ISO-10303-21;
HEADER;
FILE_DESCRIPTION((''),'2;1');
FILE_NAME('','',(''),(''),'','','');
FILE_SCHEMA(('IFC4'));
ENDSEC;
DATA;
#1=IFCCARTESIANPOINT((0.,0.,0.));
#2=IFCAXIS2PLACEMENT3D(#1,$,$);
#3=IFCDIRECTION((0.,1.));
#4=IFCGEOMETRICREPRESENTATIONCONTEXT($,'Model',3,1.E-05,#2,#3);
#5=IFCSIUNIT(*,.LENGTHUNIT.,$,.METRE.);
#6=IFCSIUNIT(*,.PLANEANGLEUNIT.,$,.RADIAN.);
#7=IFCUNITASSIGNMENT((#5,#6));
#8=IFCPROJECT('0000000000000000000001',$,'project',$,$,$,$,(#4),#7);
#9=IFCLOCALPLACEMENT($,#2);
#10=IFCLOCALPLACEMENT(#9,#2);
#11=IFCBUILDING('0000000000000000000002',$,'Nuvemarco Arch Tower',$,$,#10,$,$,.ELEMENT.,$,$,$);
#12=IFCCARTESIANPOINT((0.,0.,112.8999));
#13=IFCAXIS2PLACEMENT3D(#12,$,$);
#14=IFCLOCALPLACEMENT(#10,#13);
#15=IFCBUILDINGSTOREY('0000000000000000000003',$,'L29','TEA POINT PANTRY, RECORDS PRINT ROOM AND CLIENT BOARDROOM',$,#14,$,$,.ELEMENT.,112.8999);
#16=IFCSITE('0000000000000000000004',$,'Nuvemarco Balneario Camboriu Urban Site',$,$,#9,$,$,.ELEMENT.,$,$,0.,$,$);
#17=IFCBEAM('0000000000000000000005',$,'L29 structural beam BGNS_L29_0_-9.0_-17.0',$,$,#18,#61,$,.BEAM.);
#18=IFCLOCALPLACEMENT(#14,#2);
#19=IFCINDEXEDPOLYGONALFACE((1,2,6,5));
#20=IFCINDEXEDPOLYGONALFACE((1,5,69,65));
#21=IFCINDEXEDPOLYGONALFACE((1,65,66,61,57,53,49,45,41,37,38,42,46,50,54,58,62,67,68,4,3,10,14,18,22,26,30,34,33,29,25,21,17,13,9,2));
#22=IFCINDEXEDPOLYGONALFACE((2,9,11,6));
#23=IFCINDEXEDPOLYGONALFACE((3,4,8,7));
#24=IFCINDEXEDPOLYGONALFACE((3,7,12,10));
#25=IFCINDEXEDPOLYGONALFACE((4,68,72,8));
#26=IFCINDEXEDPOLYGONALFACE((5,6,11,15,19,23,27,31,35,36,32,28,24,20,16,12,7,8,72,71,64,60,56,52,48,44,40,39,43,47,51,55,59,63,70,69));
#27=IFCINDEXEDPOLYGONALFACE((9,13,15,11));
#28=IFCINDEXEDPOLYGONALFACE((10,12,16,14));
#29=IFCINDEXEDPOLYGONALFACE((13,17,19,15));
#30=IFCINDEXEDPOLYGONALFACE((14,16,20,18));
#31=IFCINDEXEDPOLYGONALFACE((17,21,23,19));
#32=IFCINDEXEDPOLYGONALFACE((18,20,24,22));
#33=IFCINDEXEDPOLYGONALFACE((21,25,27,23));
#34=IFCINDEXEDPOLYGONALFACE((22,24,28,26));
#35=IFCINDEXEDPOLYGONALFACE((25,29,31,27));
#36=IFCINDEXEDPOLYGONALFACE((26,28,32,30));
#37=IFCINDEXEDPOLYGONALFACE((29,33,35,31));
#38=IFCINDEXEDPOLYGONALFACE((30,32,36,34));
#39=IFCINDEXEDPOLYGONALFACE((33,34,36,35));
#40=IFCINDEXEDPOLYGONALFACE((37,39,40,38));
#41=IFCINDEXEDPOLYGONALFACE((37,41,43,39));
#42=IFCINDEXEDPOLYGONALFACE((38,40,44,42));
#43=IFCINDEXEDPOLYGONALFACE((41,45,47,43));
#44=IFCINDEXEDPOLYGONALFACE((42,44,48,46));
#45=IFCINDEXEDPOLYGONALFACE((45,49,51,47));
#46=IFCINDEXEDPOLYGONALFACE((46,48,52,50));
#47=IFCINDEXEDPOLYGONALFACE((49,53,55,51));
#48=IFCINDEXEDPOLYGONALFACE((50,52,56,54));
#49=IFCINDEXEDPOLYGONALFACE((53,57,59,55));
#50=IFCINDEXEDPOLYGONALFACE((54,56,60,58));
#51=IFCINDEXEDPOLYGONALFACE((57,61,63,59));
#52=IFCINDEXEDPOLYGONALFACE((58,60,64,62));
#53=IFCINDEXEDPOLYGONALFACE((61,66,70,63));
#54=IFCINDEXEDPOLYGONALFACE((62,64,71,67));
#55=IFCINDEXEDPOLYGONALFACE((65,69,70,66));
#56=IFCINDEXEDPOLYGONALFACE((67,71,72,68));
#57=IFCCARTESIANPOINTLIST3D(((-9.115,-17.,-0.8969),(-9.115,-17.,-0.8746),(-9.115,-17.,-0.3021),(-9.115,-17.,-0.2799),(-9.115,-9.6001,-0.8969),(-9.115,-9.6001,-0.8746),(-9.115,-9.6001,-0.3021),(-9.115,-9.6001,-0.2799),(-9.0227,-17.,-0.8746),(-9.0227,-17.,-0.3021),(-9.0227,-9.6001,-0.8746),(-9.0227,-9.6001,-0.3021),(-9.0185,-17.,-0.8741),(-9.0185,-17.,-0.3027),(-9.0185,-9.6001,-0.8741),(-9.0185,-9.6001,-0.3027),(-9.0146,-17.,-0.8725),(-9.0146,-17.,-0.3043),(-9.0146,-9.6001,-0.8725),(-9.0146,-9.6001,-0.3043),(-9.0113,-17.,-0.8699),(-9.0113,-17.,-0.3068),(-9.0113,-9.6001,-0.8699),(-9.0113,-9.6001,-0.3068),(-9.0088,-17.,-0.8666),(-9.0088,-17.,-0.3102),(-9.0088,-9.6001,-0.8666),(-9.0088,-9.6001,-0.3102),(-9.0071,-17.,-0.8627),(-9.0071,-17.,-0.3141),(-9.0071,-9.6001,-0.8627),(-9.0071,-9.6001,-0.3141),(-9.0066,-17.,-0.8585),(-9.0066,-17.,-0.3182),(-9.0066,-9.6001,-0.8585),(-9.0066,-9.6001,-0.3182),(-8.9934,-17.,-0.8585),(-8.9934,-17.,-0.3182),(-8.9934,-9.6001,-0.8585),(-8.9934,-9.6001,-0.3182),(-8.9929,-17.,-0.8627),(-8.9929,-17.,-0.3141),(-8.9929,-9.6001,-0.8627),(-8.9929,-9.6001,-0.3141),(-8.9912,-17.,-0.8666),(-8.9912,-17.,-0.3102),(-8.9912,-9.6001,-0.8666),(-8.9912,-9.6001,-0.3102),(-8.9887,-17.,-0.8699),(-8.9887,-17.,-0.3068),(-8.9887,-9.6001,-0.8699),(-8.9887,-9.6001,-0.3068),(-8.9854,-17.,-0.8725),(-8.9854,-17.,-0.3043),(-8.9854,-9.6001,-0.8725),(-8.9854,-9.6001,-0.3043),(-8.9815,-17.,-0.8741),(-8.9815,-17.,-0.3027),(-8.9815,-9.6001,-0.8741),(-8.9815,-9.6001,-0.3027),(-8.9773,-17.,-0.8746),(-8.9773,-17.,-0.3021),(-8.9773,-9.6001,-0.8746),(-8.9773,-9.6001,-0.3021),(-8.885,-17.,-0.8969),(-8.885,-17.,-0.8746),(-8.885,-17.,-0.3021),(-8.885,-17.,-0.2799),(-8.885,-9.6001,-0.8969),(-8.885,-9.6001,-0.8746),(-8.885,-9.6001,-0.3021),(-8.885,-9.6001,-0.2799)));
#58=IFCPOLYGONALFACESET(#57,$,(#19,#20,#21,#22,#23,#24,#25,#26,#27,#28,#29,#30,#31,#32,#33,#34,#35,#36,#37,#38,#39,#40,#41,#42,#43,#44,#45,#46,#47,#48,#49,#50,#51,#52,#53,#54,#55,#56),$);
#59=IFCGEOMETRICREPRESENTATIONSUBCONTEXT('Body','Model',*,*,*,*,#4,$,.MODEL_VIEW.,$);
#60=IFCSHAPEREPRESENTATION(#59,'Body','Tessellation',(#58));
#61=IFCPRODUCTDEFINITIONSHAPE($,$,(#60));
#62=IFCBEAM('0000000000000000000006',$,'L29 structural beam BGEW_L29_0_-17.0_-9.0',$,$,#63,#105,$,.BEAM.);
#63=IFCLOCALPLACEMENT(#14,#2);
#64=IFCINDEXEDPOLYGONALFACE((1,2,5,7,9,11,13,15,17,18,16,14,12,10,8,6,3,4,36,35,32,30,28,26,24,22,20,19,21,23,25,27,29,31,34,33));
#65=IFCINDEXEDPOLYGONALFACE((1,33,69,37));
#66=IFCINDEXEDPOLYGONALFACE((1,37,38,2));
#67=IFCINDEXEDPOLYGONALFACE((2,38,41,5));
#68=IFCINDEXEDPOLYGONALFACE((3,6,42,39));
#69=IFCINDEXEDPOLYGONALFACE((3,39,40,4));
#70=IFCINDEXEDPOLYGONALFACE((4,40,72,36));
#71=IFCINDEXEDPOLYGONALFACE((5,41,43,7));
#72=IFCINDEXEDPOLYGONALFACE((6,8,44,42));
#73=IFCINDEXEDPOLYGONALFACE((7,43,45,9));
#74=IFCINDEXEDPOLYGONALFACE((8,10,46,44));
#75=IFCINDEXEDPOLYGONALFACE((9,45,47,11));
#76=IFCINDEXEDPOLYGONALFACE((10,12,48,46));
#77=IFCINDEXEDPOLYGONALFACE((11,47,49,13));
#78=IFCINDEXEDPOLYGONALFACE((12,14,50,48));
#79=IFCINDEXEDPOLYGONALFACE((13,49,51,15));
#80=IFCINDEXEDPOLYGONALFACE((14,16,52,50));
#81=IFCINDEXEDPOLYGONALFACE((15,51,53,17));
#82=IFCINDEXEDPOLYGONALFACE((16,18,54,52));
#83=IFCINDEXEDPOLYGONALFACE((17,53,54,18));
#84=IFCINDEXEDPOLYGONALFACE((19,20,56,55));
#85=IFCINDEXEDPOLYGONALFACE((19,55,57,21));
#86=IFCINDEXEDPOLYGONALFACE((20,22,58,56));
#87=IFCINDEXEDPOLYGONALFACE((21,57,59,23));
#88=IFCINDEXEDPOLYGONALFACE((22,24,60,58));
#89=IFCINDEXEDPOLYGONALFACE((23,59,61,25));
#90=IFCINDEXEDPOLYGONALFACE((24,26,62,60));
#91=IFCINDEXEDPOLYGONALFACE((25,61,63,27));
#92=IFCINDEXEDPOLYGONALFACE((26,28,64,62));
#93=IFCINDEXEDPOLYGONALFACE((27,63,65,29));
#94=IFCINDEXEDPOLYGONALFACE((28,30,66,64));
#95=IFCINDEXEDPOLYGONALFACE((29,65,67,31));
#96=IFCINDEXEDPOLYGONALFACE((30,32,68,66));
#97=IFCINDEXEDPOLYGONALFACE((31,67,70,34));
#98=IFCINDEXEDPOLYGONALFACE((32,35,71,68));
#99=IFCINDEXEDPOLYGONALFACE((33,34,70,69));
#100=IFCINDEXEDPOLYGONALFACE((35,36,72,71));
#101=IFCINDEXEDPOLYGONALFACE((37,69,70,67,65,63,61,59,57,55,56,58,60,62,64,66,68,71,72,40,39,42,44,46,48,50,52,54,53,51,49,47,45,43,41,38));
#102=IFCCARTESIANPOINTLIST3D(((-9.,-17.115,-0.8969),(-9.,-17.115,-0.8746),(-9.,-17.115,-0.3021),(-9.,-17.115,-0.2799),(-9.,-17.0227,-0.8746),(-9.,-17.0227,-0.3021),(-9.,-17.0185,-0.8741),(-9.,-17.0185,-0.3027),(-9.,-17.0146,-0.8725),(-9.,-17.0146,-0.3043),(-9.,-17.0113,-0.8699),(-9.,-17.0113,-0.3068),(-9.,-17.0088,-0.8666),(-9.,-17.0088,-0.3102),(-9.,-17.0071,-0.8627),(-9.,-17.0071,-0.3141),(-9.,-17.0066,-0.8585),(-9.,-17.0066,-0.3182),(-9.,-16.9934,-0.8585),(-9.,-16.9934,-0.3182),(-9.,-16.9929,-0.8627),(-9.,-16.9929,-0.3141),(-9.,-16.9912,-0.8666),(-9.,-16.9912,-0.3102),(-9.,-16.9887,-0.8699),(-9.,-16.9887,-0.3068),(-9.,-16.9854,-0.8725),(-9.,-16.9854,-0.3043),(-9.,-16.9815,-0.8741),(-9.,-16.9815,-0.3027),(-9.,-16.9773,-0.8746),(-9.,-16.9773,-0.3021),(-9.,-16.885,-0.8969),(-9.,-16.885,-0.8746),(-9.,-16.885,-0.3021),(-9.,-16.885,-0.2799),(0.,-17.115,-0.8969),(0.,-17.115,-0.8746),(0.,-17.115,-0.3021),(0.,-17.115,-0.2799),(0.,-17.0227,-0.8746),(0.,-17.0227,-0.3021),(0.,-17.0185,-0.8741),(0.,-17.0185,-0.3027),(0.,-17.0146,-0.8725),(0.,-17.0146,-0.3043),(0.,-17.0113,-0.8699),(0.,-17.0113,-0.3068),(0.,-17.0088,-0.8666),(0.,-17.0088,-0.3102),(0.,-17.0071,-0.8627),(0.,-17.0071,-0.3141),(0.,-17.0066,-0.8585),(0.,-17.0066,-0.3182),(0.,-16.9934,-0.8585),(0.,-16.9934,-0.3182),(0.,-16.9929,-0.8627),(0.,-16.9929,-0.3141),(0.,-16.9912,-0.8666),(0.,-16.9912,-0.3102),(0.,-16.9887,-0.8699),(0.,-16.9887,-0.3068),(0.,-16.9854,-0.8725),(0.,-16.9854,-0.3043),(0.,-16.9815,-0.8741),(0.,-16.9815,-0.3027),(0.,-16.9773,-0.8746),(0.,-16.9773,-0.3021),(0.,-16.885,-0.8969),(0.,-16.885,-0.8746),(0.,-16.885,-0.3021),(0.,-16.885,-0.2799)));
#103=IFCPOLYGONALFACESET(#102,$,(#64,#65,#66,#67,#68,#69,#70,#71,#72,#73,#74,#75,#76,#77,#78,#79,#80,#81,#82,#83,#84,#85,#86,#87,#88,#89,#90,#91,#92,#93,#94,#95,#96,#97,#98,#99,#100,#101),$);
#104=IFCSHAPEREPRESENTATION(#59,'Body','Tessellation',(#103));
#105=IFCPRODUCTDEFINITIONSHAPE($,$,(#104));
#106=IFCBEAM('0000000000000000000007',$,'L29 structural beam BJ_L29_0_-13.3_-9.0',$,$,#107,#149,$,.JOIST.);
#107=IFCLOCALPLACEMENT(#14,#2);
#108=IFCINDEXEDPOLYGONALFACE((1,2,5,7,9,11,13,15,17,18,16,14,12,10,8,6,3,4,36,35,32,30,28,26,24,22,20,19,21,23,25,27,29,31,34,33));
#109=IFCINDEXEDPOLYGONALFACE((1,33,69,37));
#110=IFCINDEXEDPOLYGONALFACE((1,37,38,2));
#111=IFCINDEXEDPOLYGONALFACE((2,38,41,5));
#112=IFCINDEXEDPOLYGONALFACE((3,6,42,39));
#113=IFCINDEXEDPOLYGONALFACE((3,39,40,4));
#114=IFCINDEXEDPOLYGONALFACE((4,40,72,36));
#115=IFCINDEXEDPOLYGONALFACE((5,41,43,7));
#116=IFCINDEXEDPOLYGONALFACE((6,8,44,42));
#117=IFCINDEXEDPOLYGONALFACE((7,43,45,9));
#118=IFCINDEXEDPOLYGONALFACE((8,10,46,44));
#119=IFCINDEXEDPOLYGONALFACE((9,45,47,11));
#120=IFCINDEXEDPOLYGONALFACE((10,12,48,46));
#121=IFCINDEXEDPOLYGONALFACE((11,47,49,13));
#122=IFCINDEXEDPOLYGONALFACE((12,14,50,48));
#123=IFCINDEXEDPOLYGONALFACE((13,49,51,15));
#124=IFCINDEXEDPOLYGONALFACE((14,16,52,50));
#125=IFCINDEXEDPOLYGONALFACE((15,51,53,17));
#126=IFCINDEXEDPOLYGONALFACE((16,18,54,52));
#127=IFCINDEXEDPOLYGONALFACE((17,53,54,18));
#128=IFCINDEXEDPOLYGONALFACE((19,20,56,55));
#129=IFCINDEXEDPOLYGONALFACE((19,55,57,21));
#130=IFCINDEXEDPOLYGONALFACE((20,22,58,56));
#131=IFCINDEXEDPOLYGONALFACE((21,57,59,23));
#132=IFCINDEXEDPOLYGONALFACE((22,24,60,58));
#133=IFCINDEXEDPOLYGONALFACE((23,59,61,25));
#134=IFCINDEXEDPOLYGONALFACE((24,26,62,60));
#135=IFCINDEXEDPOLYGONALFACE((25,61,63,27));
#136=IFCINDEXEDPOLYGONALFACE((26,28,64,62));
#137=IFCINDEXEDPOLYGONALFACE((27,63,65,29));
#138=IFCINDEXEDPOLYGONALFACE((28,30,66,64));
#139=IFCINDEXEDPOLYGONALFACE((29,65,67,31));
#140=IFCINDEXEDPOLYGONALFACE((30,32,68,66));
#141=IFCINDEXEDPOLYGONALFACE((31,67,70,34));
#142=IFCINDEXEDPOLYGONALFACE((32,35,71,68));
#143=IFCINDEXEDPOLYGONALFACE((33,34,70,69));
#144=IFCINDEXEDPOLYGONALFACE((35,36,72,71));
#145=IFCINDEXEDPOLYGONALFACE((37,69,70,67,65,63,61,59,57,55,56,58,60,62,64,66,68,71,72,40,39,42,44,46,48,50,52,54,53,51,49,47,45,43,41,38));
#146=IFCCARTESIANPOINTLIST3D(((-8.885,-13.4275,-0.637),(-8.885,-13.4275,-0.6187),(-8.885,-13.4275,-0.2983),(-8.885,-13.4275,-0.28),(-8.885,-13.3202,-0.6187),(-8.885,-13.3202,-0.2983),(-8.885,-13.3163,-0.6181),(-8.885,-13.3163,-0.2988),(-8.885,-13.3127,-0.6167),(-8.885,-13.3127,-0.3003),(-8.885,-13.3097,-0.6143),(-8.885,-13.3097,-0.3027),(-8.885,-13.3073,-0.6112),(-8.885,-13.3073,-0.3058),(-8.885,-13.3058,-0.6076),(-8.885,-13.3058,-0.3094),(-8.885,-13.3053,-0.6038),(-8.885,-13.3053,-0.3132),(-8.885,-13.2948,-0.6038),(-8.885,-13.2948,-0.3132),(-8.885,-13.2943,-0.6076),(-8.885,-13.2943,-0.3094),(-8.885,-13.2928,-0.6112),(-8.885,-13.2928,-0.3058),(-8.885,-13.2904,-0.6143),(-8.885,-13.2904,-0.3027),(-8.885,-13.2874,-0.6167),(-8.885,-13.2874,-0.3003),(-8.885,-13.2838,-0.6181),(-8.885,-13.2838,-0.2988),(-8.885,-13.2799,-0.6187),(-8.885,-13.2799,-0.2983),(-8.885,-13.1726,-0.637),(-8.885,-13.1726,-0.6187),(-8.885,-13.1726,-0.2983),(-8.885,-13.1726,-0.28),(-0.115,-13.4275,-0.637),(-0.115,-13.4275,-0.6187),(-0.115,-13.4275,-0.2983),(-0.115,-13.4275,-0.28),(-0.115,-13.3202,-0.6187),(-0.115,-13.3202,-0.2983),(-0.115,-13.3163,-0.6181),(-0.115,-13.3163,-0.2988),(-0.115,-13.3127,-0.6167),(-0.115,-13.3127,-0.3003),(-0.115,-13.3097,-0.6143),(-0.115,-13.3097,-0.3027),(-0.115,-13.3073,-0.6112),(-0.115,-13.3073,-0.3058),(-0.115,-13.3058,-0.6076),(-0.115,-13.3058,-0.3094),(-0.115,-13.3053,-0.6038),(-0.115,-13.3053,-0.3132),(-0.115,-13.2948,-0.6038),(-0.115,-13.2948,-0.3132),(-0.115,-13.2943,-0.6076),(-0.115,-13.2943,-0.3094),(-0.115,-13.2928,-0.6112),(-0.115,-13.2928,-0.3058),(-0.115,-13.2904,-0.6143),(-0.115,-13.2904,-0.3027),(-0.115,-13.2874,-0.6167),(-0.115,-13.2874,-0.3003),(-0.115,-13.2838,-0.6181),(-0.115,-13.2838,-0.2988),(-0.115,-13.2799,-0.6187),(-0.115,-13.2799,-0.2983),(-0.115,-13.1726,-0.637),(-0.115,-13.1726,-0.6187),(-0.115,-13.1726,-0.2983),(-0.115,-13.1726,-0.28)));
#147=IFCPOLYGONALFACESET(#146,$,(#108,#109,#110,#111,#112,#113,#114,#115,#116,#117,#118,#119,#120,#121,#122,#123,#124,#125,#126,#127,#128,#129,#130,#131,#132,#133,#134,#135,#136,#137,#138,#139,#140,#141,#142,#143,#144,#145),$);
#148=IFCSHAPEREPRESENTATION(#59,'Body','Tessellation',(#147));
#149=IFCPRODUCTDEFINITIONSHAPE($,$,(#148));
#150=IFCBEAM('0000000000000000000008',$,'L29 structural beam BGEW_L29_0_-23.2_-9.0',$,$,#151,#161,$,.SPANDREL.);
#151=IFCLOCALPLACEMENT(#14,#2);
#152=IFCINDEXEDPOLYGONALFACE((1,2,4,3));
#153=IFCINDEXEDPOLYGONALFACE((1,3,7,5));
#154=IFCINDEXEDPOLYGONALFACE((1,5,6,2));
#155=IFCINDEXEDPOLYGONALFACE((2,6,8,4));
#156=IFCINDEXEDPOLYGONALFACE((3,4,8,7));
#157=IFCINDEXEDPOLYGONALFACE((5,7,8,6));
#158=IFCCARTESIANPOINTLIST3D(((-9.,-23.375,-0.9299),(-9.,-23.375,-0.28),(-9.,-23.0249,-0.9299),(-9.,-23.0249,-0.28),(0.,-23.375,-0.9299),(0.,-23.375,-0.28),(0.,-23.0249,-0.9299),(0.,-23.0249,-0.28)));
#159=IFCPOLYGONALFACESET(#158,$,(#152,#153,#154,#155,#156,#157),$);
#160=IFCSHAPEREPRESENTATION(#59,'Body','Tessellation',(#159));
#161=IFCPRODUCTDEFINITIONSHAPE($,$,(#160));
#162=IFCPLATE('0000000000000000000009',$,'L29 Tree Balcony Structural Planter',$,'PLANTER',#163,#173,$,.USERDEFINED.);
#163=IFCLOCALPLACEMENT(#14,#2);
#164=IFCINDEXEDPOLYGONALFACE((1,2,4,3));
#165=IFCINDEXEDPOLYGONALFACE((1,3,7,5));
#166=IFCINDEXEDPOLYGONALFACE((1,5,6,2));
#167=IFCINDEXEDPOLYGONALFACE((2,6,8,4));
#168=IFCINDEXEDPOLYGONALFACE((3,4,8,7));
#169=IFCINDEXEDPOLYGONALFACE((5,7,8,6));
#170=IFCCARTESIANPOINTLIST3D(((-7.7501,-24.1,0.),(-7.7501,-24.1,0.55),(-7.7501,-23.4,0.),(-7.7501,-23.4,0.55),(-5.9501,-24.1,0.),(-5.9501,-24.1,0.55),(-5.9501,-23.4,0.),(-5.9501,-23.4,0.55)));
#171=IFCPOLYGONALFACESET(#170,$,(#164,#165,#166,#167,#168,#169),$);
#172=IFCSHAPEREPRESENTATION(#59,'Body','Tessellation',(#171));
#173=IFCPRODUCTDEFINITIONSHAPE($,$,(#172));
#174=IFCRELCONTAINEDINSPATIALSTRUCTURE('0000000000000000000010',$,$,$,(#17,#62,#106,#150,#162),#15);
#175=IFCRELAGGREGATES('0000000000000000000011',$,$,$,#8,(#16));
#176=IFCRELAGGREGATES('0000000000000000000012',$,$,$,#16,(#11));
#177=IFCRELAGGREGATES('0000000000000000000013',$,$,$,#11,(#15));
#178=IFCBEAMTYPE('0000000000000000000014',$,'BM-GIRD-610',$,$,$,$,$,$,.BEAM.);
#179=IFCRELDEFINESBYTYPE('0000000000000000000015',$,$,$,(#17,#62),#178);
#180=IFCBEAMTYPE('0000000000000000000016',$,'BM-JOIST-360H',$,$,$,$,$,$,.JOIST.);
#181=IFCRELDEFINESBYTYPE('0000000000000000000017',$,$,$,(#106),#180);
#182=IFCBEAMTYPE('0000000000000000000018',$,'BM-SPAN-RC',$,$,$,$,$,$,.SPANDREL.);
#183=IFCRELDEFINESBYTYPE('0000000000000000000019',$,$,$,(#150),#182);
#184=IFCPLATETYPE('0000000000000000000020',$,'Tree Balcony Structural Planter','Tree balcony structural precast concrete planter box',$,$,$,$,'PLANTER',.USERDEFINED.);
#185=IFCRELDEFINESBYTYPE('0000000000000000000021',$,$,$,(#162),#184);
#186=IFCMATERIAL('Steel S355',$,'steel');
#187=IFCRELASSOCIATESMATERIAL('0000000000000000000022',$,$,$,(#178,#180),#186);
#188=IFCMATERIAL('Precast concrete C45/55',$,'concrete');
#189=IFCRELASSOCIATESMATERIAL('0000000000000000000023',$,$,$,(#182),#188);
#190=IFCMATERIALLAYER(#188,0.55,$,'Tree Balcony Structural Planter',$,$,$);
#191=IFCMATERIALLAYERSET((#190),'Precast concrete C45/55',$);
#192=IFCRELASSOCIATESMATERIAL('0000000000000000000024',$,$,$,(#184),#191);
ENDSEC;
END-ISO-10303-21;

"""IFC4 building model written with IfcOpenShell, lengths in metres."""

from ifc_helpers import new_model, si_unit, direction, frame, origin, origin_2d, place, context, subcontext, project, spatial, rectangle, i_section, extrude, source, transform, mapped, material, layer, layer_set, material_profile, profile_set, type_object, type_shapes, element, save


model = new_model("IFC4")

# Units and contexts
model_context = context("Model", 3, precision=1e-05, world=origin(), true_north=direction((0.0, 1.0)))
body_context = subcontext(model_context, "Body", "Model", "MODEL_VIEW")
ifc_project = project(units=[si_unit("LENGTHUNIT", "METRE"), si_unit("PLANEANGLEUNIT", "RADIAN")], contexts=[model_context])

# Site, building, storey
site_placement = place(None, origin())
site = spatial("IfcSite", under=ifc_project, at=site_placement, Name="Nuvemarco Balneario Camboriu Urban Site", CompositionType="ELEMENT", RefElevation=0.0)
building_placement = place(site_placement, origin())
building = spatial("IfcBuilding", under=site, at=building_placement, Name="Nuvemarco Arch Tower", CompositionType="ELEMENT")
storey_placement = place(building_placement, frame((0.0, 0.0, 112.8999)))
storey = spatial("IfcBuildingStorey", under=building, at=storey_placement, Name="L29", Description="TEA POINT PANTRY, RECORDS PRINT ROOM AND CLIENT BOARDROOM", CompositionType="ELEMENT", Elevation=112.8999)

# Shared definitions
ifc_material_1 = material(Name="Steel S355", Category="steel")

# Beams
ifc_material_profile_1 = material_profile(ifc_material_1, i_section(OverallWidth=0.23, OverallDepth=0.6169, WebThickness=0.0132, FlangeThickness=0.0222, FilletRadius=0.0161, at=origin_2d()), Name="W610x140")
ifc_profile_set_1 = profile_set([ifc_material_profile_1], Name="Steel S355")
beam_type_1 = type_object("IfcBeamType", Name="BM-GIRD-610", PredefinedType="BEAM", material=ifc_profile_set_1)
beam_1_placement = place(storey_placement, frame((-9.0, -17.0, -0.5884), z_axis=(0.0, 1.0, 0.0), x_axis=(-1.0, 0.0, 0.0)))
element("IfcBeam", 1, at=beam_1_placement, inside=storey, type_object=beam_type_1, Name="L29 structural beam BGNS_L29_0_-9.0_-17.0", PredefinedType="BEAM", context=body_context, shape_type="SweptSolid", body=[
    extrude(i_section(OverallWidth=0.23, OverallDepth=0.6169, WebThickness=0.0132, FlangeThickness=0.0222, FilletRadius=0.0161, at=origin_2d()), origin(), (0.0, 0.0, 1.0), 7.3999),
])
beam_2_placement = place(storey_placement, frame((-9.0, -17.0, -0.5884), z_axis=(1.0, 0.0, 0.0), x_axis=(0.0, 1.0, 0.0)))
element("IfcBeam", 2, at=beam_2_placement, inside=storey, type_object=beam_type_1, Name="L29 structural beam BGEW_L29_0_-17.0_-9.0", PredefinedType="BEAM", context=body_context, shape_type="SweptSolid", body=[
    extrude(i_section(OverallWidth=0.23, OverallDepth=0.6169, WebThickness=0.0132, FlangeThickness=0.0222, FilletRadius=0.0161, at=origin_2d()), origin(), (0.0, 0.0, 1.0), 9.0),
])
ifc_material_profile_2 = material_profile(ifc_material_1, i_section(OverallWidth=0.2549, OverallDepth=0.3569, WebThickness=0.0105, FlangeThickness=0.0183, FilletRadius=0.0149, at=origin_2d()), Name="W360x101")
ifc_profile_set_2 = profile_set([ifc_material_profile_2], Name="Steel S355")
beam_type_2 = type_object("IfcBeamType", Name="BM-JOIST-360H", PredefinedType="JOIST", material=ifc_profile_set_2)
beam_3_placement = place(storey_placement, frame((-8.885, -13.3, -0.4585), z_axis=(1.0, 0.0, 0.0), x_axis=(0.0, 1.0, 0.0)))
element("IfcBeam", 3, at=beam_3_placement, inside=storey, type_object=beam_type_2, Name="L29 structural beam BJ_L29_0_-13.3_-9.0", PredefinedType="JOIST", context=body_context, shape_type="SweptSolid", body=[
    extrude(i_section(OverallWidth=0.2549, OverallDepth=0.3569, WebThickness=0.0105, FlangeThickness=0.0183, FilletRadius=0.0149, at=origin_2d()), origin(), (0.0, 0.0, 1.0), 8.77),
])
ifc_material_2 = material(Name="Precast concrete C45/55", Category="concrete")
ifc_material_profile_3 = material_profile(ifc_material_2, rectangle(XDim=0.3501, YDim=0.6499, at=origin_2d()), Name="PC-SP-350x650")
ifc_profile_set_3 = profile_set([ifc_material_profile_3], Name="Precast concrete C45/55")
beam_type_3 = type_object("IfcBeamType", Name="BM-SPAN-RC", PredefinedType="SPANDREL", material=ifc_profile_set_3)
beam_4_placement = place(storey_placement, frame((-9.0, -23.2, -0.605), z_axis=(1.0, 0.0, 0.0), x_axis=(0.0, 1.0, 0.0)))
element("IfcBeam", 4, at=beam_4_placement, inside=storey, type_object=beam_type_3, Name="L29 structural beam BGEW_L29_0_-23.2_-9.0", PredefinedType="SPANDREL", context=body_context, shape_type="SweptSolid", body=[
    extrude(rectangle(XDim=0.3501, YDim=0.6499, at=origin_2d()), origin(), (0.0, 0.0, 1.0), 9.0),
])

# Plate
ifc_layer_1 = layer(ifc_material_2, 0.55, Name="Tree Balcony Structural Planter")
ifc_layer_set_1 = layer_set([ifc_layer_1], Name="Precast concrete C45/55")
plate_type = type_object("IfcPlateType", Name="Tree Balcony Structural Planter", Description="Tree balcony structural precast concrete planter box", ElementType="PLANTER", PredefinedType="USERDEFINED", material=ifc_layer_set_1)
shared_shape_1 = source(origin(), body_context, "Body", "SweptSolid", [
    extrude(rectangle(XDim=1.8, YDim=0.7, at=origin_2d()), origin(), (0.0, 0.0, 1.0), 0.55),
])
type_shapes(plate_type, [shared_shape_1])
plate_placement = place(storey_placement, frame((-6.8501, -23.75, 0.0), z_axis=(0.0, 0.0, 1.0), x_axis=(1.0, 0.0, 0.0)))
element("IfcPlate", 5, at=plate_placement, inside=storey, type_object=plate_type, Name="L29 Tree Balcony Structural Planter", ObjectType="PLANTER", PredefinedType="USERDEFINED", context=body_context, shape_type="MappedRepresentation", body=[
    mapped(shared_shape_1, transform((0.0, 0.0, 0.0), scale=1.0)),
])

save(model, "model.ifc")
